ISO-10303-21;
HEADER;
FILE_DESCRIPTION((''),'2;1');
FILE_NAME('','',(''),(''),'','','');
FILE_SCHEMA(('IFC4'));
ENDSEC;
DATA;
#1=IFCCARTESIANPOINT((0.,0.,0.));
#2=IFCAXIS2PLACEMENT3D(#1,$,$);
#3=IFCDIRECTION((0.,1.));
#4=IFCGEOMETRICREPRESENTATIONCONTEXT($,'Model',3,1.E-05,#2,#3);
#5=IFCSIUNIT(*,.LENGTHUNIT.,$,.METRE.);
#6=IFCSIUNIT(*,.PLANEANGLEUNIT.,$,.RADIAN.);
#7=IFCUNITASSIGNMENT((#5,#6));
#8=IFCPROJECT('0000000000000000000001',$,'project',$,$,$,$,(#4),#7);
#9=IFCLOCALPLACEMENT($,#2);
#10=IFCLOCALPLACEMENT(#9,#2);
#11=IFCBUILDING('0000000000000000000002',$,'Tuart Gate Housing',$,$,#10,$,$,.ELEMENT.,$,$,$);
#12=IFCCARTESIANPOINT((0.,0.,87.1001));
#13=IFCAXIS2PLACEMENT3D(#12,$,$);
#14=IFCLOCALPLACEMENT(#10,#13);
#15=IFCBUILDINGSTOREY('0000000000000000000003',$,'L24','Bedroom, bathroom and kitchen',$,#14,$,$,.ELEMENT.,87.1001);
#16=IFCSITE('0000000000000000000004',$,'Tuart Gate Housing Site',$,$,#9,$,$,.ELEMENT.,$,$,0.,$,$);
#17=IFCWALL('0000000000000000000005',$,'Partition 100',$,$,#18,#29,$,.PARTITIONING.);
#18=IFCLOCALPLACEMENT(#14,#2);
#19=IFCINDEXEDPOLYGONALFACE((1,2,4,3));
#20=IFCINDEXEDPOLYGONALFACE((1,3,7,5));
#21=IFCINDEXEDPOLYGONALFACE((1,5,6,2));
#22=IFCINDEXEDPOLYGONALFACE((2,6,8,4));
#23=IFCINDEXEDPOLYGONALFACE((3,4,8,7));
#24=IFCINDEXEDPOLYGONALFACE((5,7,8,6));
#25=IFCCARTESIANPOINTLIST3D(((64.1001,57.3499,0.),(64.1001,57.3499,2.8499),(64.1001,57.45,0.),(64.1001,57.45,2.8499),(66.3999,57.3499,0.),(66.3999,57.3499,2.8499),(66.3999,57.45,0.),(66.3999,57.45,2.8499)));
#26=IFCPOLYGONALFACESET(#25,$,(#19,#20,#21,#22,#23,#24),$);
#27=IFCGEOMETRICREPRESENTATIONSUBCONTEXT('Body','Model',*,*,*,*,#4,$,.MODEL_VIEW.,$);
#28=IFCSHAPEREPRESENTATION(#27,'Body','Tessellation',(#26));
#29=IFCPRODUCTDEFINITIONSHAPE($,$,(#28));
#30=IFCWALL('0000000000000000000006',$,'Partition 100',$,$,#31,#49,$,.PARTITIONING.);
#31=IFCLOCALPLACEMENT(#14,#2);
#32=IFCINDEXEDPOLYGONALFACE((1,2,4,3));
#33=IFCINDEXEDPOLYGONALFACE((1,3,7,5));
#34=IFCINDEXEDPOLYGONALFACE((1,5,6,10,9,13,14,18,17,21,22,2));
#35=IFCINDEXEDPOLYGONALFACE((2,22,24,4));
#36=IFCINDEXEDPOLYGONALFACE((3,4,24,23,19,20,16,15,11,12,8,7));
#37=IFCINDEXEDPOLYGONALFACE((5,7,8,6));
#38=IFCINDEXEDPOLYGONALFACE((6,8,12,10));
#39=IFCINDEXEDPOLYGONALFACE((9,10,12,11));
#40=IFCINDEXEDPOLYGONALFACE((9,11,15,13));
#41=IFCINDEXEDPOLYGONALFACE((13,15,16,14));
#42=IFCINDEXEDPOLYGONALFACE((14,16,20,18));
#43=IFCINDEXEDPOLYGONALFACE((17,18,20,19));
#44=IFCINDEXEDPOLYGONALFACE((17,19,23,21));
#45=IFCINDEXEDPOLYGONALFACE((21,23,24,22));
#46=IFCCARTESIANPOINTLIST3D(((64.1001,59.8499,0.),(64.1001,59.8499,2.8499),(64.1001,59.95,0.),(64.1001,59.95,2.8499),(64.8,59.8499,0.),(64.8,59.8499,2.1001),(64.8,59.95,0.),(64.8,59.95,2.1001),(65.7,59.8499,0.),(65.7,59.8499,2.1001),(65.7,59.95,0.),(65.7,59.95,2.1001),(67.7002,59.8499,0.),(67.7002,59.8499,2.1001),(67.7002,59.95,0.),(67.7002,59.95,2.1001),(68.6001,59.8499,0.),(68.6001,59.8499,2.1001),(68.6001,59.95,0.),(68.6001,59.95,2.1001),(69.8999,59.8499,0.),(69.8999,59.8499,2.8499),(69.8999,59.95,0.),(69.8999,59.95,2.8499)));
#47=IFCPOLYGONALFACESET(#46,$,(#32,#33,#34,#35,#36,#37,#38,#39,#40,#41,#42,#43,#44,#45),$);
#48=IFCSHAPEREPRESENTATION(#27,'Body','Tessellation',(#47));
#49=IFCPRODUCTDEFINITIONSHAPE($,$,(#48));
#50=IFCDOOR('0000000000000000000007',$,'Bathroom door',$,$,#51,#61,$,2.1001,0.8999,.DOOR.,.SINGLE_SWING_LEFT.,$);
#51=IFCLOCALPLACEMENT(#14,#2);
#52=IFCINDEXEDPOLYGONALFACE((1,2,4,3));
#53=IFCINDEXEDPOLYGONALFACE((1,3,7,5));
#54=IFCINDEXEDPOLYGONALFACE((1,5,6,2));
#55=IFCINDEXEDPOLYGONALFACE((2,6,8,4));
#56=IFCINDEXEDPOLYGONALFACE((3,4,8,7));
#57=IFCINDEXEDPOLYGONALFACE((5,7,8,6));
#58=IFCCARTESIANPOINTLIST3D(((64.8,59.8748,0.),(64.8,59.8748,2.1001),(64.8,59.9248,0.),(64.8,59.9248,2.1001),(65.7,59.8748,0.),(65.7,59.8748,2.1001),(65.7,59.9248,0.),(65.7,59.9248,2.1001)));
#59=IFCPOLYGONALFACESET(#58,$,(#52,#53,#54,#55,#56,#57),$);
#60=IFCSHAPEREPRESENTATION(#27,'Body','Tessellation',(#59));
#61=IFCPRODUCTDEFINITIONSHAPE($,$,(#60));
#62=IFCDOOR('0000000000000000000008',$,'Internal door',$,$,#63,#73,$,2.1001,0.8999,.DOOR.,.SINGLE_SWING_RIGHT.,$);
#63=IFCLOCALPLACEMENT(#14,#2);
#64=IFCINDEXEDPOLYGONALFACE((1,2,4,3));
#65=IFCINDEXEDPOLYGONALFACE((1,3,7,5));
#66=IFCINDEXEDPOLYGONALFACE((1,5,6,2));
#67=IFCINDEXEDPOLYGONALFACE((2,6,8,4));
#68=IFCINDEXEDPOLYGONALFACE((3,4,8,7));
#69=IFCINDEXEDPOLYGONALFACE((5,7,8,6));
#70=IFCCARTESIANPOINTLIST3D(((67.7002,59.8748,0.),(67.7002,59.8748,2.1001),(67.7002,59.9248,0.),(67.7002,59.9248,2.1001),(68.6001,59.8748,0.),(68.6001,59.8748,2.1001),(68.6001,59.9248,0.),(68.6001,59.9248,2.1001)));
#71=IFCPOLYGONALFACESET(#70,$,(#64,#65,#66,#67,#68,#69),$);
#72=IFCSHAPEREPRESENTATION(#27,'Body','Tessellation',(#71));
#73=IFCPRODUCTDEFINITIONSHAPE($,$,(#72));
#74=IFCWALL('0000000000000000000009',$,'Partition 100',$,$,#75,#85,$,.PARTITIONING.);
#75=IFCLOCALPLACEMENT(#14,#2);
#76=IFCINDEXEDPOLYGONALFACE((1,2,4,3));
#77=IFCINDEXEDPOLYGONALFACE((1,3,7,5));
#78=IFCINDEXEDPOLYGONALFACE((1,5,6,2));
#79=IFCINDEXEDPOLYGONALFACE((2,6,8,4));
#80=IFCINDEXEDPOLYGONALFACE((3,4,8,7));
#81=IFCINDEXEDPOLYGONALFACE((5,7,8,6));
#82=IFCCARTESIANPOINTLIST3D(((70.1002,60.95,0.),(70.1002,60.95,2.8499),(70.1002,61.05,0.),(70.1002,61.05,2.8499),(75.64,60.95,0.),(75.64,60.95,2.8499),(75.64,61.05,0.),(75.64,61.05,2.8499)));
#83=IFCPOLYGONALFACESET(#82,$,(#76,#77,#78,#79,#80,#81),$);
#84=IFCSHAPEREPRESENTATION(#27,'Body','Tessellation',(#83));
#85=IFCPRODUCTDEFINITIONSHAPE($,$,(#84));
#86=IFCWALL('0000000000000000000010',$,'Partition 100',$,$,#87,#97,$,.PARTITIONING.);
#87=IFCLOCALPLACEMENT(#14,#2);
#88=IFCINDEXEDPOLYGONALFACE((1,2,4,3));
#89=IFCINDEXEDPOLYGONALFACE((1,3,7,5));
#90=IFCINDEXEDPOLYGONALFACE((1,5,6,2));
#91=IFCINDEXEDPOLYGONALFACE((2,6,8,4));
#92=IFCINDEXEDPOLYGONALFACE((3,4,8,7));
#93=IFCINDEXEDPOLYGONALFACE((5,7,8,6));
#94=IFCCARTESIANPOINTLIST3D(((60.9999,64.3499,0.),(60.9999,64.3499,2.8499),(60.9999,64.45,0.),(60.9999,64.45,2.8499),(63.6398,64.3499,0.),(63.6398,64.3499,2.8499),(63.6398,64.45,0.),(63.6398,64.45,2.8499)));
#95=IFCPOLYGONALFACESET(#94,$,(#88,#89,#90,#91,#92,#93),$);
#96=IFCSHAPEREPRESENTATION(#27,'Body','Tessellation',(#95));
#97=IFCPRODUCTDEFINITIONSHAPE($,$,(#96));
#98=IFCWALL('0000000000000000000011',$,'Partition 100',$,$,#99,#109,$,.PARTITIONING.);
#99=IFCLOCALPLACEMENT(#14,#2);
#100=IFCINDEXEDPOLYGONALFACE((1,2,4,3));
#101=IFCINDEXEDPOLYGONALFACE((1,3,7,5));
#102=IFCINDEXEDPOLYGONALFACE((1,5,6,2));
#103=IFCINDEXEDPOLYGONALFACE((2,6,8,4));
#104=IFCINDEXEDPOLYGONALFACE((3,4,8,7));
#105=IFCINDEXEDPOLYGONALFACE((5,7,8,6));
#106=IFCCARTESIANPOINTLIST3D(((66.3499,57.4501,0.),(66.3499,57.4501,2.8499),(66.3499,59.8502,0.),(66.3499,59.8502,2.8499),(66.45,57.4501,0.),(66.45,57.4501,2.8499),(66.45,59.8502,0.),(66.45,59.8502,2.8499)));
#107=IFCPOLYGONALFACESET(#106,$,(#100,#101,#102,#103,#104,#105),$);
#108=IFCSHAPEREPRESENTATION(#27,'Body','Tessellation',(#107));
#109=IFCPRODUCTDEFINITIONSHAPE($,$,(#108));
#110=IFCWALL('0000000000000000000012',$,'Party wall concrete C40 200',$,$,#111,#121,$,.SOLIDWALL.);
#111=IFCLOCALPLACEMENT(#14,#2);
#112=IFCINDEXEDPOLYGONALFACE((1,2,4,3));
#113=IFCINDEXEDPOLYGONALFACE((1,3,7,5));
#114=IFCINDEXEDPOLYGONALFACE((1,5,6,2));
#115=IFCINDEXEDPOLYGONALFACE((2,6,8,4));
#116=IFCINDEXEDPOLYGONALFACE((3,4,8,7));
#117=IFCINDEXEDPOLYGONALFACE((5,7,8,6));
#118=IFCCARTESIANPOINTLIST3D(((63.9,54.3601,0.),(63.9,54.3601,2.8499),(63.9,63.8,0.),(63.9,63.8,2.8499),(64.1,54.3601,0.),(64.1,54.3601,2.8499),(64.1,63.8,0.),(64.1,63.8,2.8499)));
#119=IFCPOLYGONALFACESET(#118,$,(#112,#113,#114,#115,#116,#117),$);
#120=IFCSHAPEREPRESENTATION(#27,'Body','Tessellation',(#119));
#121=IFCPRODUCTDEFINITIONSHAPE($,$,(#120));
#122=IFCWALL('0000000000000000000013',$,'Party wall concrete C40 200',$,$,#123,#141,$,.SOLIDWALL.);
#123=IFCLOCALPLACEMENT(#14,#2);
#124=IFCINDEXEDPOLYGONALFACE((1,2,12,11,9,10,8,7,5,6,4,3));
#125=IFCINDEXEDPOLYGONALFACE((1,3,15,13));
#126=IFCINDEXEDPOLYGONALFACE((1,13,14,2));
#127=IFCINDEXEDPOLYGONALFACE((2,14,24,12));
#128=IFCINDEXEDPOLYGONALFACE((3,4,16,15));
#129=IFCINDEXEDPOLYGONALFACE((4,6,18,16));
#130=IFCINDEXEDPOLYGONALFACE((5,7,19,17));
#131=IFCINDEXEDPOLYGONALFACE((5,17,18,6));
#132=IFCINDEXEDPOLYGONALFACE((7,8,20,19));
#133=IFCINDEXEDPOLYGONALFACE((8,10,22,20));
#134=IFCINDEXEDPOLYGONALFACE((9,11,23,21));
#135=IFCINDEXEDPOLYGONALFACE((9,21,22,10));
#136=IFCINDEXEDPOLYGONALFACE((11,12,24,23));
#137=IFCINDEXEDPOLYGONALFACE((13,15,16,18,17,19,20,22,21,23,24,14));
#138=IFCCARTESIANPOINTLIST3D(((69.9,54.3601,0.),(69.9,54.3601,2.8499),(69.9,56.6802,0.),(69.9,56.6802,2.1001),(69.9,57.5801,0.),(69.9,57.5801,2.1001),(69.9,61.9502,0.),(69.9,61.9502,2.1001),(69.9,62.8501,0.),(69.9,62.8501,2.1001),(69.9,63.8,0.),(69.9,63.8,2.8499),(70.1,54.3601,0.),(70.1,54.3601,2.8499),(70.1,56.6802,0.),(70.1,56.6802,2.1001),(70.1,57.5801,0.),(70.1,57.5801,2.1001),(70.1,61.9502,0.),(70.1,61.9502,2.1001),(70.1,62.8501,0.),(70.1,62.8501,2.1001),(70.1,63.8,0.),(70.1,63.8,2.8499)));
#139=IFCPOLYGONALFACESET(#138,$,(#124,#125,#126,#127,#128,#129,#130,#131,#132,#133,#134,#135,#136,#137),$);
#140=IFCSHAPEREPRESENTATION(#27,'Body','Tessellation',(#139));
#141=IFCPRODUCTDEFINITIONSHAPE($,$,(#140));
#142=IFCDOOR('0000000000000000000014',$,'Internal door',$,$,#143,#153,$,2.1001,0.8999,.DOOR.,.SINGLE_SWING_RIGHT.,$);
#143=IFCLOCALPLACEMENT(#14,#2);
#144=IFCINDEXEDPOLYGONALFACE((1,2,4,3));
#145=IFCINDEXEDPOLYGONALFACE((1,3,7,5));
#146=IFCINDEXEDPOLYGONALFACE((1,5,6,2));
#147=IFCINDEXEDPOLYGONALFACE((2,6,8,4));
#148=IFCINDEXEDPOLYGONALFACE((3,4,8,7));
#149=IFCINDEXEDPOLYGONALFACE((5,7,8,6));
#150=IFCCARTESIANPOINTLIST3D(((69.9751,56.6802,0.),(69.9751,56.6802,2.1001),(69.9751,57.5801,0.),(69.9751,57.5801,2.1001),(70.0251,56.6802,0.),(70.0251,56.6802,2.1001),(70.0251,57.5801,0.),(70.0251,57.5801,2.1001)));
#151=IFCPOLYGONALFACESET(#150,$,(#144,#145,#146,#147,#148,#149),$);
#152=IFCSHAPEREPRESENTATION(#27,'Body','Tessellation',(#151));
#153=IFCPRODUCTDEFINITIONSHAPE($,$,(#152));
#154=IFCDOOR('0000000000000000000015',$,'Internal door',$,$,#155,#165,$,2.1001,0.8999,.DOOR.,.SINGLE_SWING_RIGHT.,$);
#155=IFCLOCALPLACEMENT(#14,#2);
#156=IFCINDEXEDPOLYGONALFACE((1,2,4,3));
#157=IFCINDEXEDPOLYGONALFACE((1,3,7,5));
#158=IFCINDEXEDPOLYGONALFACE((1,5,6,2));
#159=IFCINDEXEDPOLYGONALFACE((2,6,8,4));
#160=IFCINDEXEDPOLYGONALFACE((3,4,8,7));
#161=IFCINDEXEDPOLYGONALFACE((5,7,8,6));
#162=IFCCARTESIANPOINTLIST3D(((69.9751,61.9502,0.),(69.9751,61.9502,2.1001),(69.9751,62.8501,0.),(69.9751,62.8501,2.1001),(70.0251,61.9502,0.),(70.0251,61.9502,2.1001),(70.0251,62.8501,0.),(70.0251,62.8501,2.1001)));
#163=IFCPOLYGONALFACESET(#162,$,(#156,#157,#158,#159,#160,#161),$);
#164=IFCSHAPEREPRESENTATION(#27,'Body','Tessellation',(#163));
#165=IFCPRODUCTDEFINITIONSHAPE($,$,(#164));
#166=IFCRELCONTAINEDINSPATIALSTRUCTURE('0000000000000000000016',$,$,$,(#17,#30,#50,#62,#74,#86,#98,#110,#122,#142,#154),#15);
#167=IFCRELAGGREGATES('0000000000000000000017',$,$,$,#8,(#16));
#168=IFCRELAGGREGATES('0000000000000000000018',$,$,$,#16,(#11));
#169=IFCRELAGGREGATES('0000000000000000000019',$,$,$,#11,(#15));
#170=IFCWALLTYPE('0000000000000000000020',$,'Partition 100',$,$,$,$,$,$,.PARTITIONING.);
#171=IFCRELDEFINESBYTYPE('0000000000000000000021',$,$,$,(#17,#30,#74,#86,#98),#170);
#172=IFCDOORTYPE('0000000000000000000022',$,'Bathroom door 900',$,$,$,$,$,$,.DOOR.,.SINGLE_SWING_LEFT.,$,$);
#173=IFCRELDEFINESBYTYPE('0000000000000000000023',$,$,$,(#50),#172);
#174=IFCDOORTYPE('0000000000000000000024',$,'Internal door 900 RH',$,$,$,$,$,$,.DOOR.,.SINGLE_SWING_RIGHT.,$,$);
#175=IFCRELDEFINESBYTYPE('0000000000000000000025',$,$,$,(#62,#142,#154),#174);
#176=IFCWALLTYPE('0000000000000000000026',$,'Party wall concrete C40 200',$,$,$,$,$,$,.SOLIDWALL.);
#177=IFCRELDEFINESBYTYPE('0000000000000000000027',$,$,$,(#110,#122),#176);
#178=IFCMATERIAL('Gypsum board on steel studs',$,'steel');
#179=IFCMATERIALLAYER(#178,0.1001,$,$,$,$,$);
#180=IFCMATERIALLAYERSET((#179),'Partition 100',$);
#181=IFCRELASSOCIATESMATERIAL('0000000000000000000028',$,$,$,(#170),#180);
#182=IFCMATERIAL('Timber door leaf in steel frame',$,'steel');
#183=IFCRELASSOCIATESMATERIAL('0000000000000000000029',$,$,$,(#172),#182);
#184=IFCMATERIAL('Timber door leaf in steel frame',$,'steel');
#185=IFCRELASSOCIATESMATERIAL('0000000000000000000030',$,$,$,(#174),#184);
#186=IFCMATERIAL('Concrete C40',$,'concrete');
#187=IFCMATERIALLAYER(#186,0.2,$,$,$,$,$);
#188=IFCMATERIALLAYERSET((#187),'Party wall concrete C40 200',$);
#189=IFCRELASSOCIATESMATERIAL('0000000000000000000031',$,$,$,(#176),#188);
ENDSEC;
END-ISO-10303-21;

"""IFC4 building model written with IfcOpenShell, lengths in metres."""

from ifc_helpers import new_model, si_unit, direction, frame, frame_2d, origin, place, context, subcontext, project, spatial, rectangle, extrude, material, layer, layer_set, type_object, element, fill, save


model = new_model("IFC4")

# Units and contexts
model_context = context("Model", 3, precision=1e-05, world=origin(), true_north=direction((0.0, 1.0)))
body_context = subcontext(model_context, "Body", "Model", "MODEL_VIEW")
ifc_project = project(units=[si_unit("LENGTHUNIT", "METRE"), si_unit("PLANEANGLEUNIT", "RADIAN")], contexts=[model_context])

# Site, building, storey
site_placement = place(None, origin())
site = spatial("IfcSite", under=ifc_project, at=site_placement, Name="Tuart Gate Housing Site", CompositionType="ELEMENT", RefElevation=0.0)
building_placement = place(site_placement, origin())
building = spatial("IfcBuilding", under=site, at=building_placement, Name="Tuart Gate Housing", CompositionType="ELEMENT")
storey_placement = place(building_placement, frame((0.0, 0.0, 87.1001)))
storey = spatial("IfcBuildingStorey", under=building, at=storey_placement, Name="L24", Description="Bedroom, bathroom and kitchen", CompositionType="ELEMENT", Elevation=87.1001)

# Wall
ifc_material_1 = material(Name="Gypsum board on steel studs", Category="steel")
ifc_layer_1 = layer(ifc_material_1, 0.1001)
ifc_layer_set_1 = layer_set([ifc_layer_1], Name="Partition 100")
wall_type_1 = type_object("IfcWallType", Name="Partition 100", PredefinedType="PARTITIONING", material=ifc_layer_set_1)
wall_1_placement = place(storey_placement, frame((64.1001, 57.3999, 0.0), z_axis=(0.0, 0.0, 1.0), x_axis=(1.0, 0.0, 0.0)))
element("IfcWall", 1, at=wall_1_placement, inside=storey, type_object=wall_type_1, Name="Partition 100", PredefinedType="PARTITIONING", context=body_context, shape_type="SweptSolid", body=[
    extrude(rectangle(XDim=2.2998, YDim=0.1001, at=frame_2d((1.1499, 0.0))), origin(), (0.0, 0.0, 1.0), 2.8499),
])

# Wall, openings, doors
wall_2_placement = place(storey_placement, frame((64.1001, 59.8999, 0.0), z_axis=(0.0, 0.0, 1.0), x_axis=(1.0, 0.0, 0.0)))
wall_2 = element("IfcWall", 2, at=wall_2_placement, inside=storey, type_object=wall_type_1, Name="Partition 100", PredefinedType="PARTITIONING", context=body_context, shape_type="SweptSolid", body=[
    extrude(rectangle(XDim=5.7998, YDim=0.1001, at=frame_2d((2.8999, 0.0))), origin(), (0.0, 0.0, 1.0), 2.8499),
])
opening_1_placement = place(wall_2_placement, frame((3.6001, 0.0, 0.0)))
opening_1 = element("IfcOpeningElement", 3, at=opening_1_placement, cuts=wall_2, PredefinedType="OPENING", context=body_context, shape_type="SweptSolid", body=[
    extrude(rectangle(XDim=0.8999, YDim=2.1001, at=frame_2d((0.45, 1.05))), frame((0.0, 0.0601, 0.0), z_axis=(0.0, -1.0, 0.0), x_axis=(1.0, 0.0, 0.0)), (0.0, 0.0, 1.0), 0.1201),
])
opening_2_placement = place(wall_2_placement, frame((0.7, 0.0, 0.0)))
opening_2 = element("IfcOpeningElement", 4, at=opening_2_placement, cuts=wall_2, PredefinedType="OPENING", context=body_context, shape_type="SweptSolid", body=[
    extrude(rectangle(XDim=0.8999, YDim=2.1001, at=frame_2d((0.45, 1.05))), frame((0.0, 0.0601, 0.0), z_axis=(0.0, -1.0, 0.0), x_axis=(1.0, 0.0, 0.0)), (0.0, 0.0, 1.0), 0.1201),
])
ifc_material_2 = material(Name="Timber door leaf in steel frame", Category="steel")
door_type_1 = type_object("IfcDoorType", Name="Bathroom door 900", OperationType="SINGLE_SWING_LEFT", PredefinedType="DOOR", material=ifc_material_2)
door_1_placement = place(opening_2_placement, frame((0.8999, 0.0, 0.0), z_axis=(0.0, 0.0, 1.0), x_axis=(-1.0, 0.0, 0.0)))
door_1 = element("IfcDoor", 5, at=door_1_placement, inside=storey, type_object=door_type_1, Name="Bathroom door", OperationType="SINGLE_SWING_LEFT", OverallHeight=2.1001, OverallWidth=0.8999, PredefinedType="DOOR", context=body_context, shape_type="SweptSolid", body=[
    extrude(rectangle(XDim=0.8999, YDim=2.1001, at=frame_2d((0.45, 1.05))), frame((0.0, 0.0251, 0.0), z_axis=(0.0, -1.0, 0.0), x_axis=(1.0, 0.0, 0.0)), (0.0, 0.0, 1.0), 0.05),
])
fill(opening_2, door_1)
ifc_material_3 = material(Name="Timber door leaf in steel frame", Category="steel")
door_type_2 = type_object("IfcDoorType", Name="Internal door 900 RH", OperationType="SINGLE_SWING_RIGHT", PredefinedType="DOOR", material=ifc_material_3)
door_2_placement = place(opening_1_placement, origin())
door_2 = element("IfcDoor", 6, at=door_2_placement, inside=storey, type_object=door_type_2, Name="Internal door", OperationType="SINGLE_SWING_RIGHT", OverallHeight=2.1001, OverallWidth=0.8999, PredefinedType="DOOR", context=body_context, shape_type="SweptSolid", body=[
    extrude(rectangle(XDim=0.8999, YDim=2.1001, at=frame_2d((0.45, 1.05))), frame((0.0, 0.0249, 0.0), z_axis=(0.0, -1.0, 0.0), x_axis=(1.0, 0.0, 0.0)), (0.0, 0.0, 1.0), 0.05),
])
fill(opening_1, door_2)

# Walls
wall_3_placement = place(storey_placement, frame((70.1001, 61.0, 0.0), z_axis=(0.0, 0.0, 1.0), x_axis=(1.0, 0.0, 0.0)))
element("IfcWall", 7, at=wall_3_placement, inside=storey, type_object=wall_type_1, Name="Partition 100", PredefinedType="PARTITIONING", context=body_context, shape_type="SweptSolid", body=[
    extrude(rectangle(XDim=5.5398, YDim=0.1001, at=frame_2d((2.77, 0.0))), origin(), (0.0, 0.0, 1.0), 2.8499),
])
wall_4_placement = place(storey_placement, frame((61.0, 64.3999, 0.0), z_axis=(0.0, 0.0, 1.0), x_axis=(1.0, 0.0, 0.0)))
element("IfcWall", 8, at=wall_4_placement, inside=storey, type_object=wall_type_1, Name="Partition 100", PredefinedType="PARTITIONING", context=body_context, shape_type="SweptSolid", body=[
    extrude(rectangle(XDim=2.6399, YDim=0.1001, at=frame_2d((1.3198, 0.0))), origin(), (0.0, 0.0, 1.0), 2.8499),
])
wall_5_placement = place(storey_placement, frame((66.3999, 57.45, 0.0), z_axis=(0.0, 0.0, 1.0), x_axis=(0.0, 1.0, 0.0)))
element("IfcWall", 9, at=wall_5_placement, inside=storey, type_object=wall_type_1, Name="Partition 100", PredefinedType="PARTITIONING", context=body_context, shape_type="SweptSolid", body=[
    extrude(rectangle(XDim=2.4001, YDim=0.1001, at=frame_2d((1.2002, 0.0))), origin(), (0.0, 0.0, 1.0), 2.8499),
])
ifc_material_4 = material(Name="Concrete C40", Category="concrete")
ifc_layer_2 = layer(ifc_material_4, 0.2)
ifc_layer_set_2 = layer_set([ifc_layer_2], Name="Party wall concrete C40 200")
wall_type_2 = type_object("IfcWallType", Name="Party wall concrete C40 200", PredefinedType="SOLIDWALL", material=ifc_layer_set_2)
wall_6_placement = place(storey_placement, frame((64.0, 54.3601, 0.0), z_axis=(0.0, 0.0, 1.0), x_axis=(0.0, 1.0, 0.0)))
element("IfcWall", 10, at=wall_6_placement, inside=storey, type_object=wall_type_2, Name="Party wall concrete C40 200", PredefinedType="SOLIDWALL", context=body_context, shape_type="SweptSolid", body=[
    extrude(rectangle(XDim=9.4399, YDim=0.2, at=frame_2d((4.72, 0.0))), origin(), (0.0, 0.0, 1.0), 2.8499),
])

# Wall, openings, doors
wall_7_placement = place(storey_placement, frame((70.0, 54.3601, 0.0), z_axis=(0.0, 0.0, 1.0), x_axis=(0.0, 1.0, 0.0)))
wall_7 = element("IfcWall", 11, at=wall_7_placement, inside=storey, type_object=wall_type_2, Name="Party wall concrete C40 200", PredefinedType="SOLIDWALL", context=body_context, shape_type="SweptSolid", body=[
    extrude(rectangle(XDim=9.4399, YDim=0.2, at=frame_2d((4.72, 0.0))), origin(), (0.0, 0.0, 1.0), 2.8499),
])
opening_3_placement = place(wall_7_placement, frame((2.3201, 0.0, 0.0)))
opening_3 = element("IfcOpeningElement", 12, at=opening_3_placement, cuts=wall_7, PredefinedType="OPENING", context=body_context, shape_type="SweptSolid", body=[
    extrude(rectangle(XDim=0.8999, YDim=2.1001, at=frame_2d((0.45, 1.05))), frame((0.0, 0.1099, 0.0), z_axis=(0.0, -1.0, 0.0), x_axis=(1.0, 0.0, 0.0)), (0.0, 0.0, 1.0), 0.22),
])
opening_4_placement = place(wall_7_placement, frame((7.5901, 0.0, 0.0)))
opening_4 = element("IfcOpeningElement", 13, at=opening_4_placement, cuts=wall_7, PredefinedType="OPENING", context=body_context, shape_type="SweptSolid", body=[
    extrude(rectangle(XDim=0.8999, YDim=2.1001, at=frame_2d((0.45, 1.05))), frame((0.0, 0.1099, 0.0), z_axis=(0.0, -1.0, 0.0), x_axis=(1.0, 0.0, 0.0)), (0.0, 0.0, 1.0), 0.22),
])
door_3_placement = place(opening_3_placement, frame((0.8999, 0.0, 0.0), z_axis=(0.0, 0.0, 1.0), x_axis=(-1.0, 0.0, 0.0)))
door_3 = element("IfcDoor", 14, at=door_3_placement, inside=storey, type_object=door_type_2, Name="Internal door", OperationType="SINGLE_SWING_RIGHT", OverallHeight=2.1001, OverallWidth=0.8999, PredefinedType="DOOR", context=body_context, shape_type="SweptSolid", body=[
    extrude(rectangle(XDim=0.8999, YDim=2.1001, at=frame_2d((0.45, 1.05))), frame((0.0, 0.0251, 0.0), z_axis=(0.0, -1.0, 0.0), x_axis=(1.0, 0.0, 0.0)), (0.0, 0.0, 1.0), 0.05),
])
fill(opening_3, door_3)
door_4_placement = place(opening_4_placement, frame((0.8999, 0.0, 0.0), z_axis=(0.0, 0.0, 1.0), x_axis=(-1.0, 0.0, 0.0)))
door_4 = element("IfcDoor", 15, at=door_4_placement, inside=storey, type_object=door_type_2, Name="Internal door", OperationType="SINGLE_SWING_RIGHT", OverallHeight=2.1001, OverallWidth=0.8999, PredefinedType="DOOR", context=body_context, shape_type="SweptSolid", body=[
    extrude(rectangle(XDim=0.8999, YDim=2.1001, at=frame_2d((0.45, 1.05))), frame((0.0, 0.0251, 0.0), z_axis=(0.0, -1.0, 0.0), x_axis=(1.0, 0.0, 0.0)), (0.0, 0.0, 1.0), 0.05),
])
fill(opening_4, door_4)

save(model, "model.ifc")
